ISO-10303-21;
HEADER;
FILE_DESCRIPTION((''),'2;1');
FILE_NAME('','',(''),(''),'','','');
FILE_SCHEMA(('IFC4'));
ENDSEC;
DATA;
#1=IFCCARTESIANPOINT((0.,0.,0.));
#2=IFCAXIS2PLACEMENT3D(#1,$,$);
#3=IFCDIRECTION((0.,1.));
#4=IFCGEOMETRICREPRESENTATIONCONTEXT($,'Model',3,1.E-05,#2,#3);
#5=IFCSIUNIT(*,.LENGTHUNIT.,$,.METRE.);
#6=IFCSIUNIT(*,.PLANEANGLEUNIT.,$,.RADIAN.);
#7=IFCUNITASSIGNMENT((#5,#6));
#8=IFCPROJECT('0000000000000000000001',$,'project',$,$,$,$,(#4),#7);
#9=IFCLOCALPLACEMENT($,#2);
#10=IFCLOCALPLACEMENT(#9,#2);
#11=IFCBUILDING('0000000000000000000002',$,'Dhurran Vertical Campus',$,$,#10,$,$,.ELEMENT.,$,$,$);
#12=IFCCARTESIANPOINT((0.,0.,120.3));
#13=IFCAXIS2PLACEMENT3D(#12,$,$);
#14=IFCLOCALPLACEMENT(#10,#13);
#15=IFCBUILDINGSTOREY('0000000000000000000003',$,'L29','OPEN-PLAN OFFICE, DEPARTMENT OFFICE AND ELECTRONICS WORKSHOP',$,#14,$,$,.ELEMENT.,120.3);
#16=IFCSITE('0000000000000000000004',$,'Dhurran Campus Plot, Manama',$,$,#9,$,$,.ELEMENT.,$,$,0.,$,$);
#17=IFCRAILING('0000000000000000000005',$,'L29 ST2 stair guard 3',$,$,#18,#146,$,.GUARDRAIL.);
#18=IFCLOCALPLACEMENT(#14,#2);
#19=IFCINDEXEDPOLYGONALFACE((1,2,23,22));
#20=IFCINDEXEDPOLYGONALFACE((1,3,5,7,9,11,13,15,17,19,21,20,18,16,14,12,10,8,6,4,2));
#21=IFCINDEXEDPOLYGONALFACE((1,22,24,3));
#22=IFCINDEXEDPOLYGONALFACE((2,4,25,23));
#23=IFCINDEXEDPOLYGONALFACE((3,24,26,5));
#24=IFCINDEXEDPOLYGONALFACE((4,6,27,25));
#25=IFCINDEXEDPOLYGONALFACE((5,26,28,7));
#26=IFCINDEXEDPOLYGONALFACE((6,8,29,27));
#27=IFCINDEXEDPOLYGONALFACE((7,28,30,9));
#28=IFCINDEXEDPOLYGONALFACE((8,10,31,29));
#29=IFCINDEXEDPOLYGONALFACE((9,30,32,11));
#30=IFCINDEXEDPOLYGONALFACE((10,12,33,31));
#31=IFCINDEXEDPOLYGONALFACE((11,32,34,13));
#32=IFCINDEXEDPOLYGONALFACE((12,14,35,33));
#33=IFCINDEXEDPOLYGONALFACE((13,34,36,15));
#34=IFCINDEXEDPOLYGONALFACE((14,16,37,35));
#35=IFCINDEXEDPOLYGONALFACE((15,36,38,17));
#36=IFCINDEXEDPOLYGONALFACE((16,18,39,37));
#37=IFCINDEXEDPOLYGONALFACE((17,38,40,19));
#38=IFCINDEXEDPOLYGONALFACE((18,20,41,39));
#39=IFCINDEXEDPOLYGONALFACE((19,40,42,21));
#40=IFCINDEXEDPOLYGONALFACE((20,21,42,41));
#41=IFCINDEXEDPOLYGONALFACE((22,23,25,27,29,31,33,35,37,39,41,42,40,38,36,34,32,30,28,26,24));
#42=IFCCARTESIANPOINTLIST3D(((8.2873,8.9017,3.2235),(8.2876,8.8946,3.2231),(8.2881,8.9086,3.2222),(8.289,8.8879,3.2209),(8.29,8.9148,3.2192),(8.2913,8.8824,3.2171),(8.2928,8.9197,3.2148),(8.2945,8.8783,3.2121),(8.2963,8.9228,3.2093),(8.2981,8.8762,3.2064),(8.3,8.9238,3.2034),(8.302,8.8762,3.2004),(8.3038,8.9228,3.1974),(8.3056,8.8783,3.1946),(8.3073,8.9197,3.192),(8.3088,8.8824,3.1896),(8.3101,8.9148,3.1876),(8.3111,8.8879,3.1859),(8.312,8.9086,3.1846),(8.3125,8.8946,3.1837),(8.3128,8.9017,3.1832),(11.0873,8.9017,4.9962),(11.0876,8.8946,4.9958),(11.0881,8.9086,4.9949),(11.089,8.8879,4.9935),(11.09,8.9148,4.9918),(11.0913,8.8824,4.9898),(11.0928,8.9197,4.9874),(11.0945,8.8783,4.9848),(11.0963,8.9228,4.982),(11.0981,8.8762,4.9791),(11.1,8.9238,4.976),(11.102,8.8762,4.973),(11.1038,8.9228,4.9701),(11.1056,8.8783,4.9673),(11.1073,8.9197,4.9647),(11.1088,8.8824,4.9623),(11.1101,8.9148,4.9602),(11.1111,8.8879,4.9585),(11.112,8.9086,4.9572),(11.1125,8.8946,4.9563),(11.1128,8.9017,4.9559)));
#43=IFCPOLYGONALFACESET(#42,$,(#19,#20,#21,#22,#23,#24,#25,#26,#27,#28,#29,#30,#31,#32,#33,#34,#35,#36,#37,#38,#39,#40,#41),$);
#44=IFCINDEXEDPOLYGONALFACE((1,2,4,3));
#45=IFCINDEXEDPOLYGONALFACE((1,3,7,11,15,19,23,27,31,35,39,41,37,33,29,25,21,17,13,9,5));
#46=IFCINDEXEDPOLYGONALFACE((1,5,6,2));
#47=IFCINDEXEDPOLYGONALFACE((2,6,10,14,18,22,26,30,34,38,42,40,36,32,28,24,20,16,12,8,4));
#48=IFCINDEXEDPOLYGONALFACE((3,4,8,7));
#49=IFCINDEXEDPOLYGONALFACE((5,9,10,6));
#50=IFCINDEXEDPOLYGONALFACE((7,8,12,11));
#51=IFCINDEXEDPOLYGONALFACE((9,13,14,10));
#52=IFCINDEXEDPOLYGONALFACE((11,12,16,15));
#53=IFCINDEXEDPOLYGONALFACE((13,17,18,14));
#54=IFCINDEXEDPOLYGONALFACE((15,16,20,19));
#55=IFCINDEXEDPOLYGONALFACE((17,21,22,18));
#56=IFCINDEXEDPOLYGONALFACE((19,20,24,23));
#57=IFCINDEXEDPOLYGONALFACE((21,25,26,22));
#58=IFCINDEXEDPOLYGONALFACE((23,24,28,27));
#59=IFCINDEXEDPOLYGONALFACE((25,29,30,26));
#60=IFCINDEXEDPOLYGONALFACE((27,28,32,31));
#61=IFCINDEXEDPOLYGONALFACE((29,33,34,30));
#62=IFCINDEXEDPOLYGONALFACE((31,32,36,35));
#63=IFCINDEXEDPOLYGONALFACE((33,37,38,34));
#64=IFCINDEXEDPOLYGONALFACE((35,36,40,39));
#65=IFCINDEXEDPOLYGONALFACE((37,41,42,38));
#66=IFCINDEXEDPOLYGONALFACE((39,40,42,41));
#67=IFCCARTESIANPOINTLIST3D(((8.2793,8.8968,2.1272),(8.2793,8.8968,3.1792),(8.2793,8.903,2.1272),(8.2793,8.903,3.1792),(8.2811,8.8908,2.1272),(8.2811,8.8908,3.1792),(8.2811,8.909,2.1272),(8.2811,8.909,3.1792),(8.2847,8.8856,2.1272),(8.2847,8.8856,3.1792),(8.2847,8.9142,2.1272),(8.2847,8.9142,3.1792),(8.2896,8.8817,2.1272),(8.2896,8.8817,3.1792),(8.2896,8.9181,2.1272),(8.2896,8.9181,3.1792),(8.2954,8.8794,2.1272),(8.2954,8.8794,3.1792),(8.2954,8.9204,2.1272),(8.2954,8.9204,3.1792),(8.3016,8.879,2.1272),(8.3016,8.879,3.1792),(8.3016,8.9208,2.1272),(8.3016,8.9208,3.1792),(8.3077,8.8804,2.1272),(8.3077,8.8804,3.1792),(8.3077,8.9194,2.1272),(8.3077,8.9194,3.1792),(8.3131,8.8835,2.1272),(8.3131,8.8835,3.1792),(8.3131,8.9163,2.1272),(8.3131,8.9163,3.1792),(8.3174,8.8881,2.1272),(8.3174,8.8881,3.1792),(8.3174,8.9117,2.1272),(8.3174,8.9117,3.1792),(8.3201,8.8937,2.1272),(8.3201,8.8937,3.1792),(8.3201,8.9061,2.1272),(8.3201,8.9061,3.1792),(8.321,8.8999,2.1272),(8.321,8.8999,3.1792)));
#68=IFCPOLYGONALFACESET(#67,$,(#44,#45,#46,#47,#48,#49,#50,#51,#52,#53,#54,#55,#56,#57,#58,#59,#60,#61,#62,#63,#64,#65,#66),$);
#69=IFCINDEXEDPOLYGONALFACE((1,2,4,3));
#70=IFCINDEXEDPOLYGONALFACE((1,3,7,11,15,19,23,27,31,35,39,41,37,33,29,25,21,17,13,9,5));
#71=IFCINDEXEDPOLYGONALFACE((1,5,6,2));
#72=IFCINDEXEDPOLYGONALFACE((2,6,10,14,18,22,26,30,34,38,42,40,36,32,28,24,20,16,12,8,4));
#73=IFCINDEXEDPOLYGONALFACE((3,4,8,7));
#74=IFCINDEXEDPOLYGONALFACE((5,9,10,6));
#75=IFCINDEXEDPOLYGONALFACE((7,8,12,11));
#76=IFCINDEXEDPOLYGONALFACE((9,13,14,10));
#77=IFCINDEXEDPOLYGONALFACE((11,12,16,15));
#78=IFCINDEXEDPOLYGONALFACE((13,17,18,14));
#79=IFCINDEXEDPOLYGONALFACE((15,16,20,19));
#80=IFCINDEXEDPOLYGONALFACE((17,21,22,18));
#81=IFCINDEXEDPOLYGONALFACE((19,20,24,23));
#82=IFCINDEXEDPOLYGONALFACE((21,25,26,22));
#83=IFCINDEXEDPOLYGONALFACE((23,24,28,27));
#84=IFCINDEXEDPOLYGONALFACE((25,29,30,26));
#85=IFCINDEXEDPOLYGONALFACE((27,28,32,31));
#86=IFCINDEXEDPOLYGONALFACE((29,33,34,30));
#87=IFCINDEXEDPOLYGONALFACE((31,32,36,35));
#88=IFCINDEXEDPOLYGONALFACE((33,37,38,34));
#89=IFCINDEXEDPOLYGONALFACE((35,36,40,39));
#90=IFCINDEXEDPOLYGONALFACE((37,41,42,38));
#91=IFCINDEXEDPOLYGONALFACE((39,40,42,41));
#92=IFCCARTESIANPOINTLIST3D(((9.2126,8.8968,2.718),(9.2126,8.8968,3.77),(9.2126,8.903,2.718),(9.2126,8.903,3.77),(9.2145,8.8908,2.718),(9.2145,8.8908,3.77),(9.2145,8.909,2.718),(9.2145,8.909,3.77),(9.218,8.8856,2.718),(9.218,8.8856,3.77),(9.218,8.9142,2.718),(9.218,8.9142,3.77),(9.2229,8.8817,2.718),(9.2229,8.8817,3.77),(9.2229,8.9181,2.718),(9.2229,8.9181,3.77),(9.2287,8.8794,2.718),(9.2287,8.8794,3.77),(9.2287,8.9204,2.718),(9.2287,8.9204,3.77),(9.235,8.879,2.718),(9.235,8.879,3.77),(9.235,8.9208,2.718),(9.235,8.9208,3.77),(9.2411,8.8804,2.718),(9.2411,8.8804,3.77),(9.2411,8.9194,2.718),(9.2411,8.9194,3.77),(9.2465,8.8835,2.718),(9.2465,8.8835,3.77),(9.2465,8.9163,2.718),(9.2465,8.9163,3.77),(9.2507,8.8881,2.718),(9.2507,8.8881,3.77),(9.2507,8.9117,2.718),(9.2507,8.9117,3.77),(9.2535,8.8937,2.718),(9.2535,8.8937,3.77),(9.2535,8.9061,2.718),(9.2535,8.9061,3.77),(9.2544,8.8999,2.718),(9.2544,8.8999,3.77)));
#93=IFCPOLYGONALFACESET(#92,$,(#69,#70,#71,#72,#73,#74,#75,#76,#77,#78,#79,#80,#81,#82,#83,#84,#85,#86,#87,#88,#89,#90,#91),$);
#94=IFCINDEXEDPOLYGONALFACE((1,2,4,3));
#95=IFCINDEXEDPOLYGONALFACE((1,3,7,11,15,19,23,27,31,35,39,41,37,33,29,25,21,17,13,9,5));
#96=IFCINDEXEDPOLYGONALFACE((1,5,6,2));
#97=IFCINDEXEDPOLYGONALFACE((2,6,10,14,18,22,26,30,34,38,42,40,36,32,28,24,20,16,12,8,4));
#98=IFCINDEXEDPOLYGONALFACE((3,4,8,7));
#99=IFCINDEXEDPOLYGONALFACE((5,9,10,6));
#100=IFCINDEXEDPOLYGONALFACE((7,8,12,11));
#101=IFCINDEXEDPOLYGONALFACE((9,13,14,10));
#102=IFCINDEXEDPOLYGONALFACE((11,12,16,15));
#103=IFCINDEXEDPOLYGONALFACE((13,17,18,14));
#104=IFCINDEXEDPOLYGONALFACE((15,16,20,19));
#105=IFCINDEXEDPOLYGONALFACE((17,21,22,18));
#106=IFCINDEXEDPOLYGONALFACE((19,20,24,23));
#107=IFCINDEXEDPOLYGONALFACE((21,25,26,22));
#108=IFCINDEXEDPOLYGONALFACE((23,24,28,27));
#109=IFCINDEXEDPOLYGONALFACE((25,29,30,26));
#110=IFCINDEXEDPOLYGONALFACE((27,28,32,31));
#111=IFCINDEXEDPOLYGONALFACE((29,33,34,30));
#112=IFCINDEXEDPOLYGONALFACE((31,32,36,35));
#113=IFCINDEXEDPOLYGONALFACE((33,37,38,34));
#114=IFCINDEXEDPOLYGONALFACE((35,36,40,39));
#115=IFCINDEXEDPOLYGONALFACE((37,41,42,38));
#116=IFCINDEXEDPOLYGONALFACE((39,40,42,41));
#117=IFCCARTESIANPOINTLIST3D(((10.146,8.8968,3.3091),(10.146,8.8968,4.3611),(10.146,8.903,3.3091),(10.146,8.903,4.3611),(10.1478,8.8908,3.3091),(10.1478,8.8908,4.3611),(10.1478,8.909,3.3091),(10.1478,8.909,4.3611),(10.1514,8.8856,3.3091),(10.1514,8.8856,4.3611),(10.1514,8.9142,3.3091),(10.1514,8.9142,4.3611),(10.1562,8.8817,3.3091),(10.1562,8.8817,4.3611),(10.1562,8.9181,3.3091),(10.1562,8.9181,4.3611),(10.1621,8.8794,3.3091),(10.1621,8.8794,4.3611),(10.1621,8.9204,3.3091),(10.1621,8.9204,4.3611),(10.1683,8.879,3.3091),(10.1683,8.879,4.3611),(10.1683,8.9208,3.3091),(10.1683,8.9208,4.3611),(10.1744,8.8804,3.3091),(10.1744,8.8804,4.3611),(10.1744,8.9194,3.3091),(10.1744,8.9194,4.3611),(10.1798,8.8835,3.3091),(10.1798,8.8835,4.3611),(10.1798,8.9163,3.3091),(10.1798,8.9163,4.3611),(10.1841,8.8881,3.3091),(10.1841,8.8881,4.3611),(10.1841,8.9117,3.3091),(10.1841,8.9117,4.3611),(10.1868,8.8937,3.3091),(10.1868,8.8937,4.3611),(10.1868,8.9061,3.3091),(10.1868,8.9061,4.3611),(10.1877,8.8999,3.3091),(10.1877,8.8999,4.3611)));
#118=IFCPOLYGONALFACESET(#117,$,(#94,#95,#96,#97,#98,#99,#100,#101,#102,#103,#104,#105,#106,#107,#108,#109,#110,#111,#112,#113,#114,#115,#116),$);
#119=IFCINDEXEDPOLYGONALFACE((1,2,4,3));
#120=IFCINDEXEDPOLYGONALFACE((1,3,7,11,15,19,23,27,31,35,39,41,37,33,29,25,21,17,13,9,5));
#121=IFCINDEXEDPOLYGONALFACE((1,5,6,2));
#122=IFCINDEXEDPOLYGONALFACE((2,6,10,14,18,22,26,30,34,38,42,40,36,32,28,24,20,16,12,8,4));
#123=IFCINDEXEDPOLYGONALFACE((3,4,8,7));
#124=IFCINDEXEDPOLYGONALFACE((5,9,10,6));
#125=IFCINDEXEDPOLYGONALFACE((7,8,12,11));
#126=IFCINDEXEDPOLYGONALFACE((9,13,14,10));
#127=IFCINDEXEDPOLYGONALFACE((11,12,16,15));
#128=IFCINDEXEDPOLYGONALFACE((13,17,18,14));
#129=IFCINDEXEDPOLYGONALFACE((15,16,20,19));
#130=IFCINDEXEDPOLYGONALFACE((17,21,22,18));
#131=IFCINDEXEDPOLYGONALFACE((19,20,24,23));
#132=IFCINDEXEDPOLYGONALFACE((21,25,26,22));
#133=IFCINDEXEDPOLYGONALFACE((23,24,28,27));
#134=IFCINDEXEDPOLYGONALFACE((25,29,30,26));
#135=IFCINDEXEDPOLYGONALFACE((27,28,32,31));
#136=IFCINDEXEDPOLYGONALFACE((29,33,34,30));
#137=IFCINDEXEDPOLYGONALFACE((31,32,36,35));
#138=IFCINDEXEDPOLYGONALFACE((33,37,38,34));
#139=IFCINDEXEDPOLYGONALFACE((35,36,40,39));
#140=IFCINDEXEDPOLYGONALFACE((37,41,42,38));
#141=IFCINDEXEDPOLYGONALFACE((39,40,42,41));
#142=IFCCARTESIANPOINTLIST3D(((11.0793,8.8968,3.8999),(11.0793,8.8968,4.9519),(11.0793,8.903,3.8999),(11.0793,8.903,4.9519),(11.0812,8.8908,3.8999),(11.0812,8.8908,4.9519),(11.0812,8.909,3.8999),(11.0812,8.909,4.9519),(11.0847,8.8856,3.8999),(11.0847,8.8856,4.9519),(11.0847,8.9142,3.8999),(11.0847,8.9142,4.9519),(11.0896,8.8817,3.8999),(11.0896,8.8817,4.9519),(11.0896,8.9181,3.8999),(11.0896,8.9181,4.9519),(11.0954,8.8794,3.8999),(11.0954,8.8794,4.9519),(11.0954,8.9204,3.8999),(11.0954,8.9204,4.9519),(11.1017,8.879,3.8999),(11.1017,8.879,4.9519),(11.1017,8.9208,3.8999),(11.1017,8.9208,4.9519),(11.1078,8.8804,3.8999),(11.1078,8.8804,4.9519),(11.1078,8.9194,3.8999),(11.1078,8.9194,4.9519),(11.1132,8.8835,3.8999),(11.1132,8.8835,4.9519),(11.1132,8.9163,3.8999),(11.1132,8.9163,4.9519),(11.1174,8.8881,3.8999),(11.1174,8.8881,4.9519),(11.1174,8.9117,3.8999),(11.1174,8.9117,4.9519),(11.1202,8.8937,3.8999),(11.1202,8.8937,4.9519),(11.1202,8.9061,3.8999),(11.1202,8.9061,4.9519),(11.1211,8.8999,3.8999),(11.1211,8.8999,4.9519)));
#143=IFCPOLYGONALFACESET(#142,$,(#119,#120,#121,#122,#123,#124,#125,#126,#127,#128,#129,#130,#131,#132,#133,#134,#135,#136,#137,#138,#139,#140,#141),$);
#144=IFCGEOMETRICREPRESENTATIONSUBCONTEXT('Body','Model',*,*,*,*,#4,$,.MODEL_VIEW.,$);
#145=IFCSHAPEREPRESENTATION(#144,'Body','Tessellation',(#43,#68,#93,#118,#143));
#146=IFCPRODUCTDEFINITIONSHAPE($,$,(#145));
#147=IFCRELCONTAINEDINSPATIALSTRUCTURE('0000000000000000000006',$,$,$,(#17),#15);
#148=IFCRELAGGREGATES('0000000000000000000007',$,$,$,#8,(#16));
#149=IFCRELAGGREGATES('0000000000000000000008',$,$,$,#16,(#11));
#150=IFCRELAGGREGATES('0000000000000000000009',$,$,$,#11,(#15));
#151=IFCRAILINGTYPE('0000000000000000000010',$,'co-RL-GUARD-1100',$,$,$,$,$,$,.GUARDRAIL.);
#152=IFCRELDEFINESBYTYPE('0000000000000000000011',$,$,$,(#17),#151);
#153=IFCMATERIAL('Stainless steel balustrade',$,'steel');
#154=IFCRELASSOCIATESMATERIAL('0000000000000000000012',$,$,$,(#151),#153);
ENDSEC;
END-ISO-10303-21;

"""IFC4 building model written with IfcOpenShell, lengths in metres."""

from ifc_helpers import new_model, si_unit, direction, frame, origin, origin_2d, place, context, subcontext, project, spatial, circle, extrude, material, type_object, element, save


model = new_model("IFC4")

# Units and contexts
model_context = context("Model", 3, precision=1e-05, world=origin(), true_north=direction((0.0, 1.0)))
body_context = subcontext(model_context, "Body", "Model", "MODEL_VIEW")
ifc_project = project(units=[si_unit("LENGTHUNIT", "METRE"), si_unit("PLANEANGLEUNIT", "RADIAN")], contexts=[model_context])

# Site, building, storey
site_placement = place(None, origin())
site = spatial("IfcSite", under=ifc_project, at=site_placement, Name="Dhurran Campus Plot, Manama", CompositionType="ELEMENT", RefElevation=0.0)
building_placement = place(site_placement, origin())
building = spatial("IfcBuilding", under=site, at=building_placement, Name="Dhurran Vertical Campus", CompositionType="ELEMENT")
storey_placement = place(building_placement, frame((0.0, 0.0, 120.3)))
storey = spatial("IfcBuildingStorey", under=building, at=storey_placement, Name="L29", Description="OPEN-PLAN OFFICE, DEPARTMENT OFFICE AND ELECTRONICS WORKSHOP", CompositionType="ELEMENT", Elevation=120.3)

# Railing
ifc_material_1 = material(Name="Stainless steel balustrade", Category="steel")
railing_type_1 = type_object("IfcRailingType", Name="co-RL-GUARD-1100", PredefinedType="GUARDRAIL", material=ifc_material_1)
railing_1_placement = place(storey_placement, frame((8.3, 8.8999, 2.1272)))
element("IfcRailing", 1, at=railing_1_placement, inside=storey, type_object=railing_type_1, Name="L29 ST2 stair guard 3", PredefinedType="GUARDRAIL", context=body_context, shape_type="SweptSolid", body=[
    extrude(circle(Radius=0.0239, at=origin_2d()), frame((0.0, 0.0, 1.0762), z_axis=(0.844909, 0.0, 0.53491), x_axis=(0.0, 1.0, 0.0)), (0.0, 0.0, 1.0), 3.314),
    extrude(circle(Radius=0.021, at=origin_2d()), origin(), (0.0, 0.0, 1.0), 1.052),
    extrude(circle(Radius=0.021, at=origin_2d()), frame((0.9333, 0.0, 0.5908)), (0.0, 0.0, 1.0), 1.052),
    extrude(circle(Radius=0.021, at=origin_2d()), frame((1.8667, 0.0, 1.1819)), (0.0, 0.0, 1.0), 1.052),
    extrude(circle(Radius=0.021, at=origin_2d()), frame((2.8, 0.0, 1.7727)), (0.0, 0.0, 1.0), 1.052),
])

save(model, "model.ifc")
